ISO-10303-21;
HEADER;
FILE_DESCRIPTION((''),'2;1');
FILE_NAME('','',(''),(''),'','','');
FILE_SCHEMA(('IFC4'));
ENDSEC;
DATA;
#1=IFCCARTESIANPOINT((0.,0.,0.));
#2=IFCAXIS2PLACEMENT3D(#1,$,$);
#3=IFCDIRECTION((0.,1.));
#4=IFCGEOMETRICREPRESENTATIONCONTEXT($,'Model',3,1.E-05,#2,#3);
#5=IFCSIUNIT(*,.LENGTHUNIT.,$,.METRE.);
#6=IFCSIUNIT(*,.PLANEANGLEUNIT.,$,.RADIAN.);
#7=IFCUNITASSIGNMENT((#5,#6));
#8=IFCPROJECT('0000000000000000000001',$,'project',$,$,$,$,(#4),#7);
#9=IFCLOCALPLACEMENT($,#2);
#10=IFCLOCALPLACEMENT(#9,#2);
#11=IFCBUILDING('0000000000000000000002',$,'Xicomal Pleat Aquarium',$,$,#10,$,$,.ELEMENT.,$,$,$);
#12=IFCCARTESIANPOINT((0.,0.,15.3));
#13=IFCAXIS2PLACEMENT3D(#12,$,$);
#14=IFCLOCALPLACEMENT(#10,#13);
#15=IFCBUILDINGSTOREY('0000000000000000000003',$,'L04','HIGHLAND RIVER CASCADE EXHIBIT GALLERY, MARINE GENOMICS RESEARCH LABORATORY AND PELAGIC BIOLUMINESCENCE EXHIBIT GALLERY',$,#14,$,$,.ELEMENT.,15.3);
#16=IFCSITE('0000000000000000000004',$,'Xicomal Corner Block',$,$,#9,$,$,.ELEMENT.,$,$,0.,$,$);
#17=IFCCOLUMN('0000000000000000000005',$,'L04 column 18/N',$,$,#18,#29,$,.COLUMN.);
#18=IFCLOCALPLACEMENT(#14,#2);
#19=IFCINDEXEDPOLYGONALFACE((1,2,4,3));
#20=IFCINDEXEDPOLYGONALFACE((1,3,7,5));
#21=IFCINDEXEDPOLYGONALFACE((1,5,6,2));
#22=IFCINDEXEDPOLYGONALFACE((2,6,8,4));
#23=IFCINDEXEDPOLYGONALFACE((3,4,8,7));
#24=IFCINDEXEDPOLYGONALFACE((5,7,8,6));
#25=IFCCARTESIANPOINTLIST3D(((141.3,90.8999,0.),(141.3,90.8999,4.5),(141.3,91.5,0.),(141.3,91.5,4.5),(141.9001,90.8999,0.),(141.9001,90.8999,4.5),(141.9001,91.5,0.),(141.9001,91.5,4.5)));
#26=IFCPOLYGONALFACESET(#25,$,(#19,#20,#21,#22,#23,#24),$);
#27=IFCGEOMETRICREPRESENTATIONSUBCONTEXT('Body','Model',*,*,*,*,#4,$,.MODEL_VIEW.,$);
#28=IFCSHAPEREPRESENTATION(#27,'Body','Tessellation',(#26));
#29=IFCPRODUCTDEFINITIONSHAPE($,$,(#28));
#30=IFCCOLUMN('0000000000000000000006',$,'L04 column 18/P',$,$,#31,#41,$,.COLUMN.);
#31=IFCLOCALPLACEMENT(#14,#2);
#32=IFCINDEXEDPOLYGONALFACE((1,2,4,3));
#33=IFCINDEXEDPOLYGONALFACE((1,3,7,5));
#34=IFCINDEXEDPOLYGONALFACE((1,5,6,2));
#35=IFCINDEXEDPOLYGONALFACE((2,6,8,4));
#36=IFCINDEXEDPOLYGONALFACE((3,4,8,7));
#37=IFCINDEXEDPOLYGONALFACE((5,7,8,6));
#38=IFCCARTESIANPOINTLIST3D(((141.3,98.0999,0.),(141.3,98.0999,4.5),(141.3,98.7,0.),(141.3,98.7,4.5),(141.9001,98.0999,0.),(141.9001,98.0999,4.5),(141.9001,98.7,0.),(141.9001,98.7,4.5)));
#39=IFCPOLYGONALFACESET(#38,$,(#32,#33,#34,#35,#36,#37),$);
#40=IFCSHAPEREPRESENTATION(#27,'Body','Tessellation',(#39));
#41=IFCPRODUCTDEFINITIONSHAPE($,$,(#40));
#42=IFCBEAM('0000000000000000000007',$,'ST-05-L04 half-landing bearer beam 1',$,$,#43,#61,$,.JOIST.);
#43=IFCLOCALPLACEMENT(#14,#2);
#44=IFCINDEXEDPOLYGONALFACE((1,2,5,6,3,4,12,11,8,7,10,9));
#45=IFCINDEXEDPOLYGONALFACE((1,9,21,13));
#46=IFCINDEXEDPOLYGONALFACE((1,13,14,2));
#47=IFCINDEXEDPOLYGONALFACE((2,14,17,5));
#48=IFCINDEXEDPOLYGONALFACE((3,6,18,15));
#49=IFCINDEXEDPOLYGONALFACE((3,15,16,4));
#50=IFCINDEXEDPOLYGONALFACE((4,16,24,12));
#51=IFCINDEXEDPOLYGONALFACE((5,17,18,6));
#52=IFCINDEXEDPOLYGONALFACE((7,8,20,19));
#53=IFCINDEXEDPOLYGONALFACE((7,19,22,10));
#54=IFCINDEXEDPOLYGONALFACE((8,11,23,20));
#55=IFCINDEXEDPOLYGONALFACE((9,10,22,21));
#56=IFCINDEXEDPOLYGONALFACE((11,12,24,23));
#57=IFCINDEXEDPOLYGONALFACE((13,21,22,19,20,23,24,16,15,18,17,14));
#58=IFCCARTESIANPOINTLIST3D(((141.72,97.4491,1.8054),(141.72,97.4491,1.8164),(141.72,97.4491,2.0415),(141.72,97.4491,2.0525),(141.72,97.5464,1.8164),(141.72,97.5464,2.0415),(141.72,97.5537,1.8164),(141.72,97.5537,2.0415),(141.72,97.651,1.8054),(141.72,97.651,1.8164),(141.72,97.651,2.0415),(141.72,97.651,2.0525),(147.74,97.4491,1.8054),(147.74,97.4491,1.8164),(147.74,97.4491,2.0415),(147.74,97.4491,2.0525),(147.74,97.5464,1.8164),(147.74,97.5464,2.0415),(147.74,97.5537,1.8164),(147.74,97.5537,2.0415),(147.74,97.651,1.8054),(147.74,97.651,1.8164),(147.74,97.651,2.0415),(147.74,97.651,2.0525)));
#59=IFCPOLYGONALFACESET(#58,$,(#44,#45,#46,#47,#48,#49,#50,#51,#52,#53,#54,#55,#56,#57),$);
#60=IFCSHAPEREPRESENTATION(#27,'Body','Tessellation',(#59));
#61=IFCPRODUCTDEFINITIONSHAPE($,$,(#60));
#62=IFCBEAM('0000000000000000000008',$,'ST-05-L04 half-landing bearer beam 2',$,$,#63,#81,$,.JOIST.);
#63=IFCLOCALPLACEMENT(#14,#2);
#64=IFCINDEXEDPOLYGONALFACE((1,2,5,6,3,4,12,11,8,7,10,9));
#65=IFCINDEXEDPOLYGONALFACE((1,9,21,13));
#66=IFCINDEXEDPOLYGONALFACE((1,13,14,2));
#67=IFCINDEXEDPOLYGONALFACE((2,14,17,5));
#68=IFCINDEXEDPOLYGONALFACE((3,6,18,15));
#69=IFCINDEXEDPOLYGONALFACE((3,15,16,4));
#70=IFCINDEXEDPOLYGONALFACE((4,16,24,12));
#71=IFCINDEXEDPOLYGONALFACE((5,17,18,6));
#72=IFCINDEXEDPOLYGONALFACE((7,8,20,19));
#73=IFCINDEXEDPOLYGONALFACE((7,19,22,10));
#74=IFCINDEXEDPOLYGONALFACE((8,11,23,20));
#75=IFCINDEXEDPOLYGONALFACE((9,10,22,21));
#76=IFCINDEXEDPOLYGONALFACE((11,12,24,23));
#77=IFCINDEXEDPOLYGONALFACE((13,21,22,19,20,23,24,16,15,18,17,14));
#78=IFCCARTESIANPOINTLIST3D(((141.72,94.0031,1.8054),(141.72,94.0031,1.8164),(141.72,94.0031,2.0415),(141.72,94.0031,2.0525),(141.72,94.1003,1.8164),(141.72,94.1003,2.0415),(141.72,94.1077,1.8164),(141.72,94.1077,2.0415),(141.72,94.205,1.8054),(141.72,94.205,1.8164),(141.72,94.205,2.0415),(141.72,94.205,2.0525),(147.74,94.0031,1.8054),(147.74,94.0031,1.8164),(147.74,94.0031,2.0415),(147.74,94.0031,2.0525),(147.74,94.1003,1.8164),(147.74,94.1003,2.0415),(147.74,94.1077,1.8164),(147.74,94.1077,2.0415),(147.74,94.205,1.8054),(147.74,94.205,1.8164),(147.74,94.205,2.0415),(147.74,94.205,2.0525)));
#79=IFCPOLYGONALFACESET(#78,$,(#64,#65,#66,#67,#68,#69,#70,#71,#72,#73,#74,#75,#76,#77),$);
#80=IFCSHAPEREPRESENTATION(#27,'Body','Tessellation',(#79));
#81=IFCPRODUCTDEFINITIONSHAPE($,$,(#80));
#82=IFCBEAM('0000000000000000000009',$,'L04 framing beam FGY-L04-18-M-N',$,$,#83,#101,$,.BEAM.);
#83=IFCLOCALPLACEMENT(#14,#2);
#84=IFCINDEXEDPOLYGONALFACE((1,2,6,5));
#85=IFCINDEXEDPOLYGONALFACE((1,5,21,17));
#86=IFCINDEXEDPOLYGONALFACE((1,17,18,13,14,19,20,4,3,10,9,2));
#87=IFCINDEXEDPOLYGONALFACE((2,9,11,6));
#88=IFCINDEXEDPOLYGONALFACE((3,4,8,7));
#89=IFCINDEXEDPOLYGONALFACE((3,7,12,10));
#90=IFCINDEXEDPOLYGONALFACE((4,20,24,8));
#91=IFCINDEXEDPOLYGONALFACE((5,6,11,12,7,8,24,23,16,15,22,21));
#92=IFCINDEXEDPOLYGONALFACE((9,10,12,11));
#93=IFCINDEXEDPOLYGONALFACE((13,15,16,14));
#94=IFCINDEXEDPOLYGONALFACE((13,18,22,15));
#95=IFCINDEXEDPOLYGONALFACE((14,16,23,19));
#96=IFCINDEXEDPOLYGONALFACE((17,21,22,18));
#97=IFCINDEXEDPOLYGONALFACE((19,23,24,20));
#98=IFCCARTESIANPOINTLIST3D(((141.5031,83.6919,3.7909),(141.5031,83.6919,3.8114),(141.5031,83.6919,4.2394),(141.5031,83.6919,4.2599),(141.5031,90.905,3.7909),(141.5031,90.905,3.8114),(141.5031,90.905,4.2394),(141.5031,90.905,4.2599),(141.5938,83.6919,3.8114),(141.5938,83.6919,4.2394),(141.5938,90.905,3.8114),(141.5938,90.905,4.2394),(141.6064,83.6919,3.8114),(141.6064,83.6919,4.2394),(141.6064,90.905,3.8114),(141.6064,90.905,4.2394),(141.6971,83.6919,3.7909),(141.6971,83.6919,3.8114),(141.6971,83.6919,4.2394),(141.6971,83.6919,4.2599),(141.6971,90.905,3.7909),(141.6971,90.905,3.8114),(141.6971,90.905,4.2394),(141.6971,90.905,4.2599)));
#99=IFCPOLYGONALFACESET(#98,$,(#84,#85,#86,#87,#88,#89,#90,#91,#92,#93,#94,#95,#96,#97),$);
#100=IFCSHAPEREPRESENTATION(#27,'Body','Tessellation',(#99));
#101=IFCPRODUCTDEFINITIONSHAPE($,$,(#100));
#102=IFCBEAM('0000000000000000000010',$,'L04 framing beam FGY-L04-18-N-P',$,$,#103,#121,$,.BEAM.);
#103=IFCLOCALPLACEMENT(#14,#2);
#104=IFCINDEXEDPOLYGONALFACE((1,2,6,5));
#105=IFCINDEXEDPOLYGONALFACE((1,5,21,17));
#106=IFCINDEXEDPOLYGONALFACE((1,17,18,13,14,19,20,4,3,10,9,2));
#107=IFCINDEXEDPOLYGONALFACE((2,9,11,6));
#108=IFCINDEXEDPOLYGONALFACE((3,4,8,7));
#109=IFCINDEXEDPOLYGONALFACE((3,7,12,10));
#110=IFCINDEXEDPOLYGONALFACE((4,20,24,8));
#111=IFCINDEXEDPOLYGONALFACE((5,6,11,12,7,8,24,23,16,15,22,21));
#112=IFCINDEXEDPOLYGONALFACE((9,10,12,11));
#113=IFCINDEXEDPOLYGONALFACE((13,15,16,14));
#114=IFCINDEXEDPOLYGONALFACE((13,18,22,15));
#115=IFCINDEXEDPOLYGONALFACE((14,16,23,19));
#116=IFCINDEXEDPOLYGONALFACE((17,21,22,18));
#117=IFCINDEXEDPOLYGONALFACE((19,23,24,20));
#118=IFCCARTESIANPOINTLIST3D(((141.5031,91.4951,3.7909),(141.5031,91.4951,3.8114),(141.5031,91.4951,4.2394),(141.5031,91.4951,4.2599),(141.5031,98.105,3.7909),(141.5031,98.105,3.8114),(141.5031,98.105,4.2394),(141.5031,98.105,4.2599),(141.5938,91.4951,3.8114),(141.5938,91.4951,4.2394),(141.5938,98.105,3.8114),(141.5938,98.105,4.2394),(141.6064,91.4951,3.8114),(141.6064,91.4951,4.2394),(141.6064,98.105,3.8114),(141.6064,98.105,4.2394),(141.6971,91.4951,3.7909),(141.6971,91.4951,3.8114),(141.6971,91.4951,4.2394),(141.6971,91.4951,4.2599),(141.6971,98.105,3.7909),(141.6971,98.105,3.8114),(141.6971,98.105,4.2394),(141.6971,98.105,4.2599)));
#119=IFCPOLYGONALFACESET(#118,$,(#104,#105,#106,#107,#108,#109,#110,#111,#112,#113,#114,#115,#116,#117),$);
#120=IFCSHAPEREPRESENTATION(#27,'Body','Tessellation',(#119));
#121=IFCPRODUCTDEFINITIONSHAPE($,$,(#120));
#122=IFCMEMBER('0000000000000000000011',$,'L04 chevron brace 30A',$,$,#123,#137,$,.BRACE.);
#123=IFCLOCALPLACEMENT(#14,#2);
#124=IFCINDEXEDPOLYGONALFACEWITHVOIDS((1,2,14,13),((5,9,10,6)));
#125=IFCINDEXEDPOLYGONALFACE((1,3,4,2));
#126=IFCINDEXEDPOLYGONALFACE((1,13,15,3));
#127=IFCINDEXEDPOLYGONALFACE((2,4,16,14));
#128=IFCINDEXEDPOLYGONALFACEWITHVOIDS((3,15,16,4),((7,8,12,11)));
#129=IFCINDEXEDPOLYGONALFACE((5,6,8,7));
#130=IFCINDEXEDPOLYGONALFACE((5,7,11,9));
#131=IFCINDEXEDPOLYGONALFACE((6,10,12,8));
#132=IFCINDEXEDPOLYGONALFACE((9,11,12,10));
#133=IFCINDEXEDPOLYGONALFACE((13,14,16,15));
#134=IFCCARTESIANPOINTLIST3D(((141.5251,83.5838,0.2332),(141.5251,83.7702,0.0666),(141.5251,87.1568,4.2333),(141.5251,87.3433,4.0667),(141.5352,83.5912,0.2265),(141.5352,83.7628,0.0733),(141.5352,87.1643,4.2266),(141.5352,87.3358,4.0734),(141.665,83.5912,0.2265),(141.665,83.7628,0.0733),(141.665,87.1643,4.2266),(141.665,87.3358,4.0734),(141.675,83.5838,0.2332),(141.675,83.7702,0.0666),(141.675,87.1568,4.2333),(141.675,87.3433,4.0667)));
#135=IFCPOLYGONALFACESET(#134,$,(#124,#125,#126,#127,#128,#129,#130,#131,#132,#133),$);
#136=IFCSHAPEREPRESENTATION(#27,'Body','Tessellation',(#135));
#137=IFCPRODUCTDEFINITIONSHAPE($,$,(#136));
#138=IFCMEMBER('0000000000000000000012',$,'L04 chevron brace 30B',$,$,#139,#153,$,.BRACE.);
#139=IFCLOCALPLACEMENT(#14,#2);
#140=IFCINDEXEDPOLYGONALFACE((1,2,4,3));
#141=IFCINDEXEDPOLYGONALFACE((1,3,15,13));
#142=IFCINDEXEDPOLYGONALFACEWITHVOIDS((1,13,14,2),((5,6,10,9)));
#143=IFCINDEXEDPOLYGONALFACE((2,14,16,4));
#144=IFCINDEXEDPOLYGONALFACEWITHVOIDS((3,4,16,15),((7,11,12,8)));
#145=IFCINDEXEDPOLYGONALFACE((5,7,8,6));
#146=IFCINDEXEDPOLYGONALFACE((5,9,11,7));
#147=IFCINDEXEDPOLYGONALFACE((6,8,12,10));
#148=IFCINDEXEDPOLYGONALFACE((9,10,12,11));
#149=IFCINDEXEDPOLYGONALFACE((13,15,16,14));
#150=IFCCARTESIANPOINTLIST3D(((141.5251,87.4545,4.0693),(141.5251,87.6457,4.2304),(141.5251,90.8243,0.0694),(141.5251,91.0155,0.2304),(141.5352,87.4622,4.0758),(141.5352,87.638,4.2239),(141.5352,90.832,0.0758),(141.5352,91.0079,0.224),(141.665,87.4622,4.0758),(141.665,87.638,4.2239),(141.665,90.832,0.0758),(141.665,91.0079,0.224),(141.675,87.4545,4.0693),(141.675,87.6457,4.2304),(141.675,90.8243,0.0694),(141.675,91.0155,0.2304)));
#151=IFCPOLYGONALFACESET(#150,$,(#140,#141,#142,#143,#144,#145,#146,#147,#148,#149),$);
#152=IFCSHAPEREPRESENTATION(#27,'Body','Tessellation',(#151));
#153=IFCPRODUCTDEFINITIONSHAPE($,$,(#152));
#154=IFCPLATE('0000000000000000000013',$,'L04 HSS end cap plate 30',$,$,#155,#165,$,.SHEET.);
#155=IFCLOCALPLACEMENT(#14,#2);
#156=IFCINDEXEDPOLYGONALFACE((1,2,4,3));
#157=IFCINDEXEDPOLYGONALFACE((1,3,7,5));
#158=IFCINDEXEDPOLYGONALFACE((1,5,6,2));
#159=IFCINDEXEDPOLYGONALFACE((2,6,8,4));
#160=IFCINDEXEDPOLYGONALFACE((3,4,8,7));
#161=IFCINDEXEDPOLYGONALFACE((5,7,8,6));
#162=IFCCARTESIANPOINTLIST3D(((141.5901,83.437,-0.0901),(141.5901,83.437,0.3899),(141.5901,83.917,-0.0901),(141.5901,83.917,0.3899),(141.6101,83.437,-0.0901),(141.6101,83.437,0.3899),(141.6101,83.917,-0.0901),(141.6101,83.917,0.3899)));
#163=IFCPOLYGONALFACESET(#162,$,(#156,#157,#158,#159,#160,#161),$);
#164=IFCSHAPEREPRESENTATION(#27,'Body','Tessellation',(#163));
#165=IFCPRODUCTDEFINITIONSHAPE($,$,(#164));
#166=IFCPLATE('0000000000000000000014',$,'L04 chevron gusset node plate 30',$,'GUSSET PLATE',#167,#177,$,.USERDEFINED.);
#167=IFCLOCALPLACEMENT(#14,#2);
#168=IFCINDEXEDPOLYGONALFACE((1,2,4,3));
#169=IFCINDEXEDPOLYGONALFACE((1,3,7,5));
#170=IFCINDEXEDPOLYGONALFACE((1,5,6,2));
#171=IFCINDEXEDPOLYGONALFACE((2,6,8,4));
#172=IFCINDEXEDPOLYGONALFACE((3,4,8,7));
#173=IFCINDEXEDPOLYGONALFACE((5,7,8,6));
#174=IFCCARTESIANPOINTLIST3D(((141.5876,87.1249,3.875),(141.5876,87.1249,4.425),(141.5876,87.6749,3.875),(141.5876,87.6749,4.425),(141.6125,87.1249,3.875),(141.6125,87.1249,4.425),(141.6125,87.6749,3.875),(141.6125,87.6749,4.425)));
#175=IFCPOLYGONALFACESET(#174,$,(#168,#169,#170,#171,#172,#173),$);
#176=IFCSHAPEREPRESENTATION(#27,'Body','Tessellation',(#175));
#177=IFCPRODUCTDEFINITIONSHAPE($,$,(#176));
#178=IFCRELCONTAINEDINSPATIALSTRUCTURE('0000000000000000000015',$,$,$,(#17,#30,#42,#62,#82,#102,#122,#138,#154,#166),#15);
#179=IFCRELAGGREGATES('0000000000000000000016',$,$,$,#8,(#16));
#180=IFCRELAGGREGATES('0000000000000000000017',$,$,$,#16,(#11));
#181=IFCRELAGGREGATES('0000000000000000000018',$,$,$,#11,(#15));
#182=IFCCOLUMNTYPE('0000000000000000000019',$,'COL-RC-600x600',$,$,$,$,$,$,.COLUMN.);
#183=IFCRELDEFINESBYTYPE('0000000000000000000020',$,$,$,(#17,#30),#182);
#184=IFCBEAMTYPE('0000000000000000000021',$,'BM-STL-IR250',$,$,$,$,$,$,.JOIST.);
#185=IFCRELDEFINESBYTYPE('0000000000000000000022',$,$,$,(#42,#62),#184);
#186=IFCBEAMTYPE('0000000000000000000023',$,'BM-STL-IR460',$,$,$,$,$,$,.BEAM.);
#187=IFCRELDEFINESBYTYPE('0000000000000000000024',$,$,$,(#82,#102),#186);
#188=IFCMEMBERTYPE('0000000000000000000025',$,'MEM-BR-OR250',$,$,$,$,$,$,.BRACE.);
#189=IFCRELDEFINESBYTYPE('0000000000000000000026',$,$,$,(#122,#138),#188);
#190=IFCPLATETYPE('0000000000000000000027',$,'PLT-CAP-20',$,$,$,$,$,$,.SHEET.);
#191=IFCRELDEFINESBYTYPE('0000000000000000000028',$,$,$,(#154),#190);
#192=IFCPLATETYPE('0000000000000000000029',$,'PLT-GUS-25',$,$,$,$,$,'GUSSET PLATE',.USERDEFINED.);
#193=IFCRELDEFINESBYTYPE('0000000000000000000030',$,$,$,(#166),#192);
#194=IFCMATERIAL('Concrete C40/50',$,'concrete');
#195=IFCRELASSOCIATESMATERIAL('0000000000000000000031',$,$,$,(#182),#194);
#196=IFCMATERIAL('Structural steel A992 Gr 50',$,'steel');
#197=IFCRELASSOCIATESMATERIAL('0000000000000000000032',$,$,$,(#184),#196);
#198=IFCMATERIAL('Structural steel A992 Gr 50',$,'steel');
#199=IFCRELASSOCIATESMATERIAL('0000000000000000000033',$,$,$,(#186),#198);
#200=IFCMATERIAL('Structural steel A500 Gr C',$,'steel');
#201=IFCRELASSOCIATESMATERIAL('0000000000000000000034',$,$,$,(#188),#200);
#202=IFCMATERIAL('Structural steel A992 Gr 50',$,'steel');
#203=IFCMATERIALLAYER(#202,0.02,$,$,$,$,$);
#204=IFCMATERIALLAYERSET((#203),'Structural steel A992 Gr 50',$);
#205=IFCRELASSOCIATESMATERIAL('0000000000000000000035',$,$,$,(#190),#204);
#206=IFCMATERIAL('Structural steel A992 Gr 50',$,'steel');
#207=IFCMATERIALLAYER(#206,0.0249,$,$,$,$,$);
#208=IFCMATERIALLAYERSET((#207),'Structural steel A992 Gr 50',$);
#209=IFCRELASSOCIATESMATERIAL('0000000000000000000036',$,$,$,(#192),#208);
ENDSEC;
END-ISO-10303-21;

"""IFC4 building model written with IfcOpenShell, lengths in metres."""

from ifc_helpers import new_model, si_unit, direction, frame, origin, origin_2d, place, context, subcontext, project, spatial, rectangle, hollow_rectangle, i_section, extrude, material, layer, layer_set, material_profile, profile_set, type_object, element, save


model = new_model("IFC4")

# Units and contexts
model_context = context("Model", 3, precision=1e-05, world=origin(), true_north=direction((0.0, 1.0)))
body_context = subcontext(model_context, "Body", "Model", "MODEL_VIEW")
ifc_project = project(units=[si_unit("LENGTHUNIT", "METRE"), si_unit("PLANEANGLEUNIT", "RADIAN")], contexts=[model_context])

# Site, building, storey
site_placement = place(None, origin())
site = spatial("IfcSite", under=ifc_project, at=site_placement, Name="Xicomal Corner Block", CompositionType="ELEMENT", RefElevation=0.0)
building_placement = place(site_placement, origin())
building = spatial("IfcBuilding", under=site, at=building_placement, Name="Xicomal Pleat Aquarium", CompositionType="ELEMENT")
storey_placement = place(building_placement, frame((0.0, 0.0, 15.3)))
storey = spatial("IfcBuildingStorey", under=building, at=storey_placement, Name="L04", Description="HIGHLAND RIVER CASCADE EXHIBIT GALLERY, MARINE GENOMICS RESEARCH LABORATORY AND PELAGIC BIOLUMINESCENCE EXHIBIT GALLERY", CompositionType="ELEMENT", Elevation=15.3)

# Columns
ifc_material_1 = material(Name="Concrete C40/50", Category="concrete")
ifc_material_profile_1 = material_profile(ifc_material_1, rectangle(XDim=0.6001, YDim=0.6001, at=origin_2d()), Name="RC 600x600")
ifc_profile_set_1 = profile_set([ifc_material_profile_1], Name="Concrete C40/50")
column_type = type_object("IfcColumnType", Name="COL-RC-600x600", PredefinedType="COLUMN", material=ifc_profile_set_1)
for number, where, z_axis, x_axis, name in (
    (1, (141.6001, 91.2, 0.0), (0.0, 0.0, 1.0), (1.0, 0.0, 0.0), "L04 column 18/N"),
    (2, (141.6001, 98.3999, 0.0), (0.0, 0.0, 1.0), (1.0, 0.0, 0.0), "L04 column 18/P"),
):
    element("IfcColumn", number, at=place(storey_placement, frame(where, z_axis=z_axis, x_axis=x_axis)), inside=storey, type_object=column_type, Name=name, PredefinedType="COLUMN", context=body_context, shape_type="SweptSolid", body=[
        extrude(rectangle(XDim=0.6001, YDim=0.6001, at=origin_2d()), origin(), (0.0, 0.0, 1.0), 4.5),
    ])

# Beams
ifc_material_2 = material(Name="Structural steel A992 Gr 50", Category="steel")
ifc_material_profile_2 = material_profile(ifc_material_2, i_section(OverallWidth=0.2019, OverallDepth=0.2471, WebThickness=0.0073, FlangeThickness=0.011, at=origin_2d()), Name="IR 250x49")
ifc_profile_set_2 = profile_set([ifc_material_profile_2], Name="Structural steel A992 Gr 50")
beam_type_1 = type_object("IfcBeamType", Name="BM-STL-IR250", PredefinedType="JOIST", material=ifc_profile_set_2)
for number, where, z_axis, x_axis, name in (
    (3, (141.72, 97.55, 1.929), (1.0, 0.0, 0.0), (0.0, 1.0, 0.0), "ST-05-L04 half-landing bearer beam 1"),
    (4, (141.72, 94.104, 1.929), (1.0, 0.0, 0.0), (0.0, 1.0, 0.0), "ST-05-L04 half-landing bearer beam 2"),
):
    element("IfcBeam", number, at=place(storey_placement, frame(where, z_axis=z_axis, x_axis=x_axis)), inside=storey, type_object=beam_type_1, Name=name, PredefinedType="JOIST", context=body_context, shape_type="SweptSolid", body=[
        extrude(i_section(OverallWidth=0.2019, OverallDepth=0.2471, WebThickness=0.0073, FlangeThickness=0.011, at=origin_2d()), origin(), (0.0, 0.0, 1.0), 6.02),
    ])
ifc_material_3 = material(Name="Structural steel A992 Gr 50", Category="steel")
ifc_material_profile_3 = material_profile(ifc_material_3, i_section(OverallWidth=0.1941, OverallDepth=0.469, WebThickness=0.0127, FlangeThickness=0.0205, at=origin_2d()), Name="IR 460x106")
ifc_profile_set_3 = profile_set([ifc_material_profile_3], Name="Structural steel A992 Gr 50")
beam_type_2 = type_object("IfcBeamType", Name="BM-STL-IR460", PredefinedType="BEAM", material=ifc_profile_set_3)
beam_1_placement = place(storey_placement, frame((141.6001, 83.6919, 4.0254), z_axis=(0.0, 1.0, 0.0), x_axis=(-1.0, 0.0, 0.0)))
element("IfcBeam", 5, at=beam_1_placement, inside=storey, type_object=beam_type_2, Name="L04 framing beam FGY-L04-18-M-N", PredefinedType="BEAM", context=body_context, shape_type="SweptSolid", body=[
    extrude(i_section(OverallWidth=0.1941, OverallDepth=0.469, WebThickness=0.0127, FlangeThickness=0.0205, at=origin_2d()), origin(), (0.0, 0.0, 1.0), 7.2131),
])
beam_2_placement = place(storey_placement, frame((141.6001, 91.4951, 4.0254), z_axis=(0.0, 1.0, 0.0), x_axis=(-1.0, 0.0, 0.0)))
element("IfcBeam", 6, at=beam_2_placement, inside=storey, type_object=beam_type_2, Name="L04 framing beam FGY-L04-18-N-P", PredefinedType="BEAM", context=body_context, shape_type="SweptSolid", body=[
    extrude(i_section(OverallWidth=0.1941, OverallDepth=0.469, WebThickness=0.0127, FlangeThickness=0.0205, at=origin_2d()), origin(), (0.0, 0.0, 1.0), 6.6099),
])

# Members
ifc_material_4 = material(Name="Structural steel A500 Gr C", Category="steel")
ifc_material_profile_4 = material_profile(ifc_material_4, hollow_rectangle(XDim=0.1499, YDim=0.25, WallThickness=0.01, at=origin_2d()), Name="OR 250x150x10")
ifc_profile_set_4 = profile_set([ifc_material_profile_4], Name="Structural steel A500 Gr C")
member_type = type_object("IfcMemberType", Name="MEM-BR-OR250", PredefinedType="BRACE", material=ifc_profile_set_4)
member_1_placement = place(storey_placement, frame((141.6001, 83.677, 0.1499), z_axis=(0.0, 0.666179, 0.745792), x_axis=(-1.0, 0.0, 0.0)))
element("IfcMember", 7, at=member_1_placement, inside=storey, type_object=member_type, Name="L04 chevron brace 30A", PredefinedType="BRACE", context=body_context, shape_type="SweptSolid", body=[
    extrude(hollow_rectangle(XDim=0.1499, YDim=0.25, WallThickness=0.01, at=origin_2d()), origin(), (0.0, 0.0, 1.0), 5.3635),
])
member_2_placement = place(storey_placement, frame((141.6001, 90.9199, 0.1499), z_axis=(0.0, -0.644298, 0.764774), x_axis=(1.0, 0.0, 0.0)))
element("IfcMember", 8, at=member_2_placement, inside=storey, type_object=member_type, Name="L04 chevron brace 30B", PredefinedType="BRACE", context=body_context, shape_type="SweptSolid", body=[
    extrude(hollow_rectangle(XDim=0.1499, YDim=0.25, WallThickness=0.01, at=origin_2d()), origin(), (0.0, 0.0, 1.0), 5.2302),
])

# Plates
ifc_material_5 = material(Name="Structural steel A992 Gr 50", Category="steel")
ifc_layer_1 = layer(ifc_material_5, 0.02)
ifc_layer_set_1 = layer_set([ifc_layer_1], Name="Structural steel A992 Gr 50")
plate_type_1 = type_object("IfcPlateType", Name="PLT-CAP-20", PredefinedType="SHEET", material=ifc_layer_set_1)
plate_1_placement = place(storey_placement, frame((141.6001, 83.677, -0.0901), z_axis=(0.0, 0.0, 1.0), x_axis=(0.0, 1.0, 0.0)))
element("IfcPlate", 9, at=plate_1_placement, inside=storey, type_object=plate_type_1, Name="L04 HSS end cap plate 30", PredefinedType="SHEET", context=body_context, shape_type="SweptSolid", body=[
    extrude(rectangle(XDim=0.48, YDim=0.02, at=origin_2d()), origin(), (0.0, 0.0, 1.0), 0.48),
])
ifc_material_6 = material(Name="Structural steel A992 Gr 50", Category="steel")
ifc_layer_2 = layer(ifc_material_6, 0.0249)
ifc_layer_set_2 = layer_set([ifc_layer_2], Name="Structural steel A992 Gr 50")
plate_type_2 = type_object("IfcPlateType", Name="PLT-GUS-25", ElementType="GUSSET PLATE", PredefinedType="USERDEFINED", material=ifc_layer_set_2)
plate_2_placement = place(storey_placement, frame((141.6001, 87.3999, 3.875), z_axis=(0.0, 0.0, 1.0), x_axis=(0.0, 1.0, 0.0)))
element("IfcPlate", 10, at=plate_2_placement, inside=storey, type_object=plate_type_2, Name="L04 chevron gusset node plate 30", ObjectType="GUSSET PLATE", PredefinedType="USERDEFINED", context=body_context, shape_type="SweptSolid", body=[
    extrude(rectangle(XDim=0.55, YDim=0.0249, at=origin_2d()), origin(), (0.0, 0.0, 1.0), 0.55),
])

save(model, "model.ifc")
